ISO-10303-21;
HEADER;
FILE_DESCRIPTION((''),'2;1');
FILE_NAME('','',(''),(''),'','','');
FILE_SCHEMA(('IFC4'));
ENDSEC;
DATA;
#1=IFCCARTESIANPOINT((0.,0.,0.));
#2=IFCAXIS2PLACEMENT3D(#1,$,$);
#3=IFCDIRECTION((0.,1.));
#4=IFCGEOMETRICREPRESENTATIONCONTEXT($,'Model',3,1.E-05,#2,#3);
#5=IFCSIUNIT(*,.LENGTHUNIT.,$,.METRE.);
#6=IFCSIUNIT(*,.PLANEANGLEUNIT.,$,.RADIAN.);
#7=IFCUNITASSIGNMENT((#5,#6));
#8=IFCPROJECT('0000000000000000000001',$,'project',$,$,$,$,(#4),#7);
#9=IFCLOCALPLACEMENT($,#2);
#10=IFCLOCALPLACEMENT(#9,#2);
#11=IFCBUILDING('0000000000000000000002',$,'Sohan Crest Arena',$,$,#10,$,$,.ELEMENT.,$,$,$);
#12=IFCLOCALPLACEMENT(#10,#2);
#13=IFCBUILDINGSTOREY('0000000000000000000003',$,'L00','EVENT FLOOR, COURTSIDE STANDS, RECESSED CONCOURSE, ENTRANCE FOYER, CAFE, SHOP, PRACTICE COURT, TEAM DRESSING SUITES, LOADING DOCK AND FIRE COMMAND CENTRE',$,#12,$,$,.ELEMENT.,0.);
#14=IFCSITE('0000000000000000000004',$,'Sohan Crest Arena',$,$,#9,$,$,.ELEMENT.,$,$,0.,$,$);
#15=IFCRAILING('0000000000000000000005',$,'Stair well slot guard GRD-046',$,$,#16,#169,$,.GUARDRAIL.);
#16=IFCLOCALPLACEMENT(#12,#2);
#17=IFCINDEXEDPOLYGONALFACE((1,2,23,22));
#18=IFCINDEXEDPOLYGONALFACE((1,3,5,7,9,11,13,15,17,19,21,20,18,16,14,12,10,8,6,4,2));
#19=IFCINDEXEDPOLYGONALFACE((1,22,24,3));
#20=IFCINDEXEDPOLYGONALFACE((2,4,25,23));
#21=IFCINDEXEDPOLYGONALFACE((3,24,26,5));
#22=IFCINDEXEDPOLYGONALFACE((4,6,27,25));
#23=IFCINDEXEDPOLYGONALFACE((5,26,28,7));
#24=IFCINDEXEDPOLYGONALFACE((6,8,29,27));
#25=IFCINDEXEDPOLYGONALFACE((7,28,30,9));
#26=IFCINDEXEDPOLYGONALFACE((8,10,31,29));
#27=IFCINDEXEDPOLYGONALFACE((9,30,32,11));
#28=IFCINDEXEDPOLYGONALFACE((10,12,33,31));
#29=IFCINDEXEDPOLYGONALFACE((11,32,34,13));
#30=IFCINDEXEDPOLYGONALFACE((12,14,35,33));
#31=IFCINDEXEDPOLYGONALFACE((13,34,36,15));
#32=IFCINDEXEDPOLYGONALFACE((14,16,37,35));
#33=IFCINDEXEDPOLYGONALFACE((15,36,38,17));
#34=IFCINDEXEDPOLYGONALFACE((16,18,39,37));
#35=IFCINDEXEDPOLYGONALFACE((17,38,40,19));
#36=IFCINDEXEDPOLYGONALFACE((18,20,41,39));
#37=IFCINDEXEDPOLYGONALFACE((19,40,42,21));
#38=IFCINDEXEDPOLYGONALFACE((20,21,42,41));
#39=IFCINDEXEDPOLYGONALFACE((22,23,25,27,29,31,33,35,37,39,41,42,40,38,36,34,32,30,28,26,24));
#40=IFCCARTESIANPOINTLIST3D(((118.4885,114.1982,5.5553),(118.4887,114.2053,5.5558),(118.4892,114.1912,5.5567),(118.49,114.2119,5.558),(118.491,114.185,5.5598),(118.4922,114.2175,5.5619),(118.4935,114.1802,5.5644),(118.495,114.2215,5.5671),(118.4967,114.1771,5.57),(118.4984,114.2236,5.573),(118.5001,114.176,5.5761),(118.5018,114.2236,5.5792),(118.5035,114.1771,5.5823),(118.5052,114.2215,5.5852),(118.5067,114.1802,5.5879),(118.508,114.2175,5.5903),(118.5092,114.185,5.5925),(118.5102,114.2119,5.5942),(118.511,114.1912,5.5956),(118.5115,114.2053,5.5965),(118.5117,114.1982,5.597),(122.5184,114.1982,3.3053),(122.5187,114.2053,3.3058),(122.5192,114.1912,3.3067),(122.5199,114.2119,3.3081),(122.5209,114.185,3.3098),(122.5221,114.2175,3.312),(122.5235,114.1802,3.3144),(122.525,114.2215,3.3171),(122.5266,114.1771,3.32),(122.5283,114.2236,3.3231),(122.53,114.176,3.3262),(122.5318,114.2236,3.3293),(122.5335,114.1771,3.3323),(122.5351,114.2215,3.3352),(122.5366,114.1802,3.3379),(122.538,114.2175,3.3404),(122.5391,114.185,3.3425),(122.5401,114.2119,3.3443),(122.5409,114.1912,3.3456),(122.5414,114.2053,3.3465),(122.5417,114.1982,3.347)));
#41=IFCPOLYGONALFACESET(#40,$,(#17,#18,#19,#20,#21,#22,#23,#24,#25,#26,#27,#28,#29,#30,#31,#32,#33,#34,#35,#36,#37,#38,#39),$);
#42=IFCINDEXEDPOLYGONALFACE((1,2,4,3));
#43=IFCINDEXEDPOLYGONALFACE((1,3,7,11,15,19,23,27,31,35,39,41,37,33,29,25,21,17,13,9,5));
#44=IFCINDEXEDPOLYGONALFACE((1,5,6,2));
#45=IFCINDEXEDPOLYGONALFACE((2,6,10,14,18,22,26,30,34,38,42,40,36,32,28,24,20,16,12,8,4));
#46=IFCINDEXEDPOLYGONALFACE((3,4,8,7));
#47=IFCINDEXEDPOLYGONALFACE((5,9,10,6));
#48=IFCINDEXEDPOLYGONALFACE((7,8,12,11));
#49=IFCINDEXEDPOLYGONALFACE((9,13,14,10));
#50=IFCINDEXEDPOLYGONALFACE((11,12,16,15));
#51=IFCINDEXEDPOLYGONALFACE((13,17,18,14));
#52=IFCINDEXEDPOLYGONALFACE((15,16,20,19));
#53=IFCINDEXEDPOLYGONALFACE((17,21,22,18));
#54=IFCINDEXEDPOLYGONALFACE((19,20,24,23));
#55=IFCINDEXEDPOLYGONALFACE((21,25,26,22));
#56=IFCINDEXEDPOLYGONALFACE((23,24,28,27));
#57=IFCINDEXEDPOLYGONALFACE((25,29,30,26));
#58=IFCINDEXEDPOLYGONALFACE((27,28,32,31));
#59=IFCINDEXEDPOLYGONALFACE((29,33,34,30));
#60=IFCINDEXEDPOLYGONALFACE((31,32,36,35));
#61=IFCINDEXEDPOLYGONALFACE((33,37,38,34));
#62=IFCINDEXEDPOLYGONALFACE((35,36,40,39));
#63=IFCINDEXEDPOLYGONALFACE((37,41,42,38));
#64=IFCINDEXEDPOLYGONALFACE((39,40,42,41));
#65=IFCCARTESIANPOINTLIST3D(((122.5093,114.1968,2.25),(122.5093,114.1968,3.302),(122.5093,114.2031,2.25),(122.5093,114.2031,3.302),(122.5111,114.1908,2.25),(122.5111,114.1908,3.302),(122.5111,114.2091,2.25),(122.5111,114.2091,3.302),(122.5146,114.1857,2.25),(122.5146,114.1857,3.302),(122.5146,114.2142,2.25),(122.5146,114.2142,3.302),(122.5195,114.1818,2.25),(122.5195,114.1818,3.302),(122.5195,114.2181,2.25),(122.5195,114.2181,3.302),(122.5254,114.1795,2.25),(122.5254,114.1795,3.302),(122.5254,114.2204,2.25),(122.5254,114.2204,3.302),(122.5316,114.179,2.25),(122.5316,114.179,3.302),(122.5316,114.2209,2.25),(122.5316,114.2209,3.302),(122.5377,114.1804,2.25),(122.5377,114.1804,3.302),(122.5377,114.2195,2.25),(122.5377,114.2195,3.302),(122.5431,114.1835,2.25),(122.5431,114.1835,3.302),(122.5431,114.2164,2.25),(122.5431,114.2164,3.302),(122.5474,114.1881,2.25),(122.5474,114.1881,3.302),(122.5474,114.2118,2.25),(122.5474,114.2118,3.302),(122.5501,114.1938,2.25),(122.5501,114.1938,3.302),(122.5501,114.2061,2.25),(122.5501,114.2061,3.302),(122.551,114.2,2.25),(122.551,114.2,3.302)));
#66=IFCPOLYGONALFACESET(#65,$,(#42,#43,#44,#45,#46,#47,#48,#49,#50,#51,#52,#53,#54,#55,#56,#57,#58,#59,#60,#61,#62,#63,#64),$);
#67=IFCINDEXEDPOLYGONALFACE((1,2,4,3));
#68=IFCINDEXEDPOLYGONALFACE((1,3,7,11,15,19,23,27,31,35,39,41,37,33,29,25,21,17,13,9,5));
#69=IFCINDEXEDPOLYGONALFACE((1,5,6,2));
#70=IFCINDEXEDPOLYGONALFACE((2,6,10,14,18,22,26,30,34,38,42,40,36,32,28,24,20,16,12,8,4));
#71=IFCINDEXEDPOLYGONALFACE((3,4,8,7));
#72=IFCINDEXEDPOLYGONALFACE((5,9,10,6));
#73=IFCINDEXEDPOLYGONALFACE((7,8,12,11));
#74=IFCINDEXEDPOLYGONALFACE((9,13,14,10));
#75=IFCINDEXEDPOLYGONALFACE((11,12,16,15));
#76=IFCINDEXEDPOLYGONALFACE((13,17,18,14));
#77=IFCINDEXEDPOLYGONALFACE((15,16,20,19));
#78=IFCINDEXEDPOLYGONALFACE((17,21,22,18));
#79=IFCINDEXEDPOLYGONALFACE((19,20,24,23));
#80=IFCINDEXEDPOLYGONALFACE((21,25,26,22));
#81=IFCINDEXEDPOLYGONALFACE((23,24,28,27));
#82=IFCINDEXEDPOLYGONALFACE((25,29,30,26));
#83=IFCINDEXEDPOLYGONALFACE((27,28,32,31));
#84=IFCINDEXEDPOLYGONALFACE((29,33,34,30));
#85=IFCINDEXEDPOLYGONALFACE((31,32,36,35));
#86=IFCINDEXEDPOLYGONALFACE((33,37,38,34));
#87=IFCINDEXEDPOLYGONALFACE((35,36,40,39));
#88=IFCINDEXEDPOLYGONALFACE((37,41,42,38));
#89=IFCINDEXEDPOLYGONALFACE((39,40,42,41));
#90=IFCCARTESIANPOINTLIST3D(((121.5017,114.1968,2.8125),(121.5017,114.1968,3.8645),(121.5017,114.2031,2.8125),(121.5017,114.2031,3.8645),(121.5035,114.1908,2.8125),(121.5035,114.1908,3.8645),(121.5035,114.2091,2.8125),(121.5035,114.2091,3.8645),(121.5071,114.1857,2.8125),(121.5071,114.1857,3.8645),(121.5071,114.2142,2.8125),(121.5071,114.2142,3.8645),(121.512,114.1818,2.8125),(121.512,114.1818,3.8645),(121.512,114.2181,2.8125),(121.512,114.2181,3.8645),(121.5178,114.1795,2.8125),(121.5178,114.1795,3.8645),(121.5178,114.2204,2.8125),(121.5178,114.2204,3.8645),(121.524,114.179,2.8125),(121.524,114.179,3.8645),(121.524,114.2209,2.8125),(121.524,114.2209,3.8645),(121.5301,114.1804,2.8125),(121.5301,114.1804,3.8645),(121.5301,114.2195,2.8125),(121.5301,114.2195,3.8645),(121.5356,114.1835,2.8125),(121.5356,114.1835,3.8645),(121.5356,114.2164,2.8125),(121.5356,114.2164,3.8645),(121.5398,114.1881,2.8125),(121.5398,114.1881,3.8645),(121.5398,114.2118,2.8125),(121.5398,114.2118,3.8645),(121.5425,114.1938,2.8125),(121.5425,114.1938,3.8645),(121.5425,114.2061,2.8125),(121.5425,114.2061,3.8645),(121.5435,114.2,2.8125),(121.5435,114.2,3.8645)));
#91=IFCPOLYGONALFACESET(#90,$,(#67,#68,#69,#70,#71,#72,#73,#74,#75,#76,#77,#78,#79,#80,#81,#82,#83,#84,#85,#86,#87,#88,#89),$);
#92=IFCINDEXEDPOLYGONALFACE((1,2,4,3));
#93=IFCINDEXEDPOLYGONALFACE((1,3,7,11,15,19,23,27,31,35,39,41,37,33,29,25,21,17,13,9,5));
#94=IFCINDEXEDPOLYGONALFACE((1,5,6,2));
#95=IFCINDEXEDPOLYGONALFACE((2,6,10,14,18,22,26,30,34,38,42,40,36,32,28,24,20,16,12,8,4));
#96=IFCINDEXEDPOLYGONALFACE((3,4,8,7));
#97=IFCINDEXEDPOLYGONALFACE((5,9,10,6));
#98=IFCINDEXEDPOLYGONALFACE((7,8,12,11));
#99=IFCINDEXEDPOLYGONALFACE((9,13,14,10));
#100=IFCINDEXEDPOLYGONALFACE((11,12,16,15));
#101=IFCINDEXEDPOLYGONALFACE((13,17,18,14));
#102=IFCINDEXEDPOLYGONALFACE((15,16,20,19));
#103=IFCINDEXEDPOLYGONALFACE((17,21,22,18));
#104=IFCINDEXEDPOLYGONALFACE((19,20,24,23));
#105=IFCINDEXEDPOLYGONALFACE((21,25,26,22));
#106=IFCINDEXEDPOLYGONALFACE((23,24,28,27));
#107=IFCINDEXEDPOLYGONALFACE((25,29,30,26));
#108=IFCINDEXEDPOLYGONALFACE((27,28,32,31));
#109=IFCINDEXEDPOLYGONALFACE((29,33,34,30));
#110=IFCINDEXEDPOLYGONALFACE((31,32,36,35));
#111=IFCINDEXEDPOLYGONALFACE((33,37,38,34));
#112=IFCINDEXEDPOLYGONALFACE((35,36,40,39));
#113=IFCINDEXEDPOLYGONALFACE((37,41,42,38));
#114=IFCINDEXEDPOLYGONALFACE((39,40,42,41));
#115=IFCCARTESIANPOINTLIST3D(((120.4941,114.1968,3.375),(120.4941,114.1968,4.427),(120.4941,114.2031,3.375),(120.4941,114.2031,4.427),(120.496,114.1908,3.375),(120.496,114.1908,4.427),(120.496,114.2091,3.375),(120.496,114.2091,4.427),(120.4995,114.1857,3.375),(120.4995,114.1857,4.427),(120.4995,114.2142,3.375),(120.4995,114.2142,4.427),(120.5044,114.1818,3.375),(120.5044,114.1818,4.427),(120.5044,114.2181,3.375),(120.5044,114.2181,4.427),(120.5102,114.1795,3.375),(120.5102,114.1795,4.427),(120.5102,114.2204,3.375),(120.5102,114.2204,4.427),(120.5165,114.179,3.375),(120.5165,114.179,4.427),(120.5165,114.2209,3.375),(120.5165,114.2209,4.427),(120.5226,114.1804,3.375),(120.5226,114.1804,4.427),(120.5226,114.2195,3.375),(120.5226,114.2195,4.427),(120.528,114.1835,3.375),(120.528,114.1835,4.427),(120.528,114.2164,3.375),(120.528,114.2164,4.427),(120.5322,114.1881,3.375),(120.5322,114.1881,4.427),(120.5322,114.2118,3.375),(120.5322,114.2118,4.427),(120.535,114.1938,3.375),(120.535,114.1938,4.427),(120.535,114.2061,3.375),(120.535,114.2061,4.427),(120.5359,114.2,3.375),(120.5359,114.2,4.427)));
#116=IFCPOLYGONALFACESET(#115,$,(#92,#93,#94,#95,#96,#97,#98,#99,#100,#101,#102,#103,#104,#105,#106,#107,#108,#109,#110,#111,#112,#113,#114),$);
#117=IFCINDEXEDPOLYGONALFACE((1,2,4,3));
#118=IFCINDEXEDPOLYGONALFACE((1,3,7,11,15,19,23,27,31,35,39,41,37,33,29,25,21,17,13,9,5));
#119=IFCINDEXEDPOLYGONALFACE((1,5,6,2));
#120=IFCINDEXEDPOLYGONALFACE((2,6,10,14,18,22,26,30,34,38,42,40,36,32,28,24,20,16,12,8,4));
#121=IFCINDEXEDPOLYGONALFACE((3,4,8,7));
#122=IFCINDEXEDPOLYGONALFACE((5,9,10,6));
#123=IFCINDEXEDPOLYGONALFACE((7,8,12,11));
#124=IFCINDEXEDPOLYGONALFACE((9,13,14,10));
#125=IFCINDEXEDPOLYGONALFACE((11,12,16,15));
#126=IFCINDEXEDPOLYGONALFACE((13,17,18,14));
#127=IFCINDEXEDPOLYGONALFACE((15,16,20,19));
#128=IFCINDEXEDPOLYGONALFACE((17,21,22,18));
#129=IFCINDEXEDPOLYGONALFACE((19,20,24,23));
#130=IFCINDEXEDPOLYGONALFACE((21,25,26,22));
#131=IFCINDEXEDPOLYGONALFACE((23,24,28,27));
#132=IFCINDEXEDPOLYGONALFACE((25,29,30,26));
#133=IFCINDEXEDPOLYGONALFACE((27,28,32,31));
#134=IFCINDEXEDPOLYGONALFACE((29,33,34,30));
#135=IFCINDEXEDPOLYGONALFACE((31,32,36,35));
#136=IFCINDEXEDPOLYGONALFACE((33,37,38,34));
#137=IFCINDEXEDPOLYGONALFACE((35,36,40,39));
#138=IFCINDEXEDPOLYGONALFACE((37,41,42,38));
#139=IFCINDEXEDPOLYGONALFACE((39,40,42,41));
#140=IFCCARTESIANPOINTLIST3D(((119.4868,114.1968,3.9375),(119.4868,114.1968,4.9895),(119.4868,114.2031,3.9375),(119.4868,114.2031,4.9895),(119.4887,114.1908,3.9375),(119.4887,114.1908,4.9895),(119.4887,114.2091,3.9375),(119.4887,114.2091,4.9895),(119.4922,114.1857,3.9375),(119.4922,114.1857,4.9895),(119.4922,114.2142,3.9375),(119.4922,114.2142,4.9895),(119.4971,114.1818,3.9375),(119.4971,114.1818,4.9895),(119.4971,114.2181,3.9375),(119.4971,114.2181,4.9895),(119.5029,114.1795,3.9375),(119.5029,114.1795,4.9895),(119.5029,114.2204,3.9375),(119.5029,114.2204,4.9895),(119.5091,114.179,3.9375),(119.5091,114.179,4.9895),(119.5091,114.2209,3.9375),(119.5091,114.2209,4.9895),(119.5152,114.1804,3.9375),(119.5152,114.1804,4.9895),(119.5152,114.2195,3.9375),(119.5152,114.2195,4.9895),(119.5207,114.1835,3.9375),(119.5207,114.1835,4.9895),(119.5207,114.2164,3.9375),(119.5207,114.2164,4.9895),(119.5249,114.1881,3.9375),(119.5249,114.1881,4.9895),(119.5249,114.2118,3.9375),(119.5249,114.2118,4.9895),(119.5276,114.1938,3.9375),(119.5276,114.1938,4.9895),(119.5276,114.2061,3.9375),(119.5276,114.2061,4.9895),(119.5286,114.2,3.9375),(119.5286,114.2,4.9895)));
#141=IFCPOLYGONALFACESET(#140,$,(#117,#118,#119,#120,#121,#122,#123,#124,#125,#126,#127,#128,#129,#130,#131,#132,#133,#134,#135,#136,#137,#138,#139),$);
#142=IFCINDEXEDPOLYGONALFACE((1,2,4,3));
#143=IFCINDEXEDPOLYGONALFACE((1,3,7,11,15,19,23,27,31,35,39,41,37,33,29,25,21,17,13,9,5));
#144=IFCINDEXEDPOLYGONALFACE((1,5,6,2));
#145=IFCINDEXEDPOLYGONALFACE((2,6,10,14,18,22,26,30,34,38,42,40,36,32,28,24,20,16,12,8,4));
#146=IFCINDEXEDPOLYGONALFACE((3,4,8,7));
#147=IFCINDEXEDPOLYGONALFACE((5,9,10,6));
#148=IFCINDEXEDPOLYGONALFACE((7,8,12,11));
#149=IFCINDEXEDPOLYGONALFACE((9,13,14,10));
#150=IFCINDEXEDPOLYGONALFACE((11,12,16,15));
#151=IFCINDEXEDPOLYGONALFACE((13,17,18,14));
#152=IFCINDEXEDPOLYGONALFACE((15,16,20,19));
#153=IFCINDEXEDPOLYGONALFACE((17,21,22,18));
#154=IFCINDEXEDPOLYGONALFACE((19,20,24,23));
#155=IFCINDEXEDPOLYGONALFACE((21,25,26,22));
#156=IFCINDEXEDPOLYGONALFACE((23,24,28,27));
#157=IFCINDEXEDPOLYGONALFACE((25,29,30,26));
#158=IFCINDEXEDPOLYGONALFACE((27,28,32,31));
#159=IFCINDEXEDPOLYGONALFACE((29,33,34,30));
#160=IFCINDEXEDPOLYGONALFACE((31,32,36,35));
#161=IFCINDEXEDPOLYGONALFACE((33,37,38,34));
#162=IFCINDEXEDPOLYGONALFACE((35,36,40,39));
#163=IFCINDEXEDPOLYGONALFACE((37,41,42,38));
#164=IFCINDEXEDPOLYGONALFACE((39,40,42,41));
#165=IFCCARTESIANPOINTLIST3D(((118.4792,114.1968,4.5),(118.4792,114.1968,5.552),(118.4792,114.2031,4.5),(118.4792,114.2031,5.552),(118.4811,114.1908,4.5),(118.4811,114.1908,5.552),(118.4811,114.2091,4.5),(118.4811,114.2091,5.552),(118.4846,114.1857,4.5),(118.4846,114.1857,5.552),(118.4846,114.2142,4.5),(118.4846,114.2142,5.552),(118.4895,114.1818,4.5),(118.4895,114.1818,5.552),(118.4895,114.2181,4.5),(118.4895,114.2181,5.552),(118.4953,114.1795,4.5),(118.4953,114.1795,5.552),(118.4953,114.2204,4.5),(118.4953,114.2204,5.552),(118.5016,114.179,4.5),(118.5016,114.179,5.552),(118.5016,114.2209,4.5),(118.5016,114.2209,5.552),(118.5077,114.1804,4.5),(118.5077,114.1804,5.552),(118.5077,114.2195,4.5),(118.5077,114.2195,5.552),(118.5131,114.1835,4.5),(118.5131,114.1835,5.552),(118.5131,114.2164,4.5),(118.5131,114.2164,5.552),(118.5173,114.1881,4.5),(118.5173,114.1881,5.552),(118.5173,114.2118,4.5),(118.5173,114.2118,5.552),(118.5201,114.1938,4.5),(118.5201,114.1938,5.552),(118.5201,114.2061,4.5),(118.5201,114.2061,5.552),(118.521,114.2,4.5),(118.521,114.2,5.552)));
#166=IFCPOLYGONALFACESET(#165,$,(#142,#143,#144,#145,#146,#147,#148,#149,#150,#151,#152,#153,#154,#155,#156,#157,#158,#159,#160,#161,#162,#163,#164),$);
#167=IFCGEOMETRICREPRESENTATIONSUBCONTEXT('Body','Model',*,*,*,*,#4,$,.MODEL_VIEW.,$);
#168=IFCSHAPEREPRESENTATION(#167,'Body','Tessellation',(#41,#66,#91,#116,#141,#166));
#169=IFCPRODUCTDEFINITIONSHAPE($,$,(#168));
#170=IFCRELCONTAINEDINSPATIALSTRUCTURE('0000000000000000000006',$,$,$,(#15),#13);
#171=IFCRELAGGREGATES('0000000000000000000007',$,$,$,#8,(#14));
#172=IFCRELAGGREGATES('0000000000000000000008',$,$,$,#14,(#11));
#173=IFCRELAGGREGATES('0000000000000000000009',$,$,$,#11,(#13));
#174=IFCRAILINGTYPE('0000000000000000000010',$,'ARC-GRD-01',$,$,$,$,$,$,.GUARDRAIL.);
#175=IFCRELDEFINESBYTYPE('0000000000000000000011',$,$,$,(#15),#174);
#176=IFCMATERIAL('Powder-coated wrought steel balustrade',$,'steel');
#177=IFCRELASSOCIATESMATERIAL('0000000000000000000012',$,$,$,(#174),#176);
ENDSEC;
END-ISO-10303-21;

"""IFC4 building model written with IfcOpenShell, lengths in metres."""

from ifc_helpers import new_model, si_unit, direction, frame, origin, origin_2d, place, context, subcontext, project, spatial, circle, extrude, material, type_object, element, save


model = new_model("IFC4")

# Units and contexts
model_context = context("Model", 3, precision=1e-05, world=origin(), true_north=direction((0.0, 1.0)))
body_context = subcontext(model_context, "Body", "Model", "MODEL_VIEW")
ifc_project = project(units=[si_unit("LENGTHUNIT", "METRE"), si_unit("PLANEANGLEUNIT", "RADIAN")], contexts=[model_context])

# Site, building, storey
site_placement = place(None, origin())
site = spatial("IfcSite", under=ifc_project, at=site_placement, Name="Sohan Crest Arena", CompositionType="ELEMENT", RefElevation=0.0)
building_placement = place(site_placement, origin())
building = spatial("IfcBuilding", under=site, at=building_placement, Name="Sohan Crest Arena", CompositionType="ELEMENT")
storey_placement = place(building_placement, origin())
storey = spatial("IfcBuildingStorey", under=building, at=storey_placement, Name="L00", Description="EVENT FLOOR, COURTSIDE STANDS, RECESSED CONCOURSE, ENTRANCE FOYER, CAFE, SHOP, PRACTICE COURT, TEAM DRESSING SUITES, LOADING DOCK AND FIRE COMMAND CENTRE", CompositionType="ELEMENT", Elevation=0.0)

# Railing
ifc_material_1 = material(Name="Powder-coated wrought steel balustrade", Category="steel")
railing_type_1 = type_object("IfcRailingType", Name="ARC-GRD-01", PredefinedType="GUARDRAIL", material=ifc_material_1)
railing_1_placement = place(storey_placement, frame((122.53, 114.2, 2.25)))
element("IfcRailing", 1, at=railing_1_placement, inside=storey, type_object=railing_type_1, Name="Stair well slot guard GRD-046", PredefinedType="GUARDRAIL", context=body_context, shape_type="SweptSolid", body=[
    extrude(circle(Radius=0.0239, at=origin_2d()), frame((0.0, 0.0, 1.0762), z_axis=(-0.873135, 0.0, 0.487479), x_axis=(0.0, -1.0, 0.0)), (0.0, 0.0, 1.0), 4.6155),
    extrude(circle(Radius=0.021, at=origin_2d()), origin(), (0.0, 0.0, 1.0), 1.052),
    extrude(circle(Radius=0.021, at=origin_2d()), frame((-1.0076, 0.0, 0.5625)), (0.0, 0.0, 1.0), 1.052),
    extrude(circle(Radius=0.021, at=origin_2d()), frame((-2.0151, 0.0, 1.125)), (0.0, 0.0, 1.0), 1.052),
    extrude(circle(Radius=0.021, at=origin_2d()), frame((-3.0225, 0.0, 1.6875)), (0.0, 0.0, 1.0), 1.052),
    extrude(circle(Radius=0.021, at=origin_2d()), frame((-4.03, 0.0, 2.25)), (0.0, 0.0, 1.0), 1.052),
])

save(model, "model.ifc")
